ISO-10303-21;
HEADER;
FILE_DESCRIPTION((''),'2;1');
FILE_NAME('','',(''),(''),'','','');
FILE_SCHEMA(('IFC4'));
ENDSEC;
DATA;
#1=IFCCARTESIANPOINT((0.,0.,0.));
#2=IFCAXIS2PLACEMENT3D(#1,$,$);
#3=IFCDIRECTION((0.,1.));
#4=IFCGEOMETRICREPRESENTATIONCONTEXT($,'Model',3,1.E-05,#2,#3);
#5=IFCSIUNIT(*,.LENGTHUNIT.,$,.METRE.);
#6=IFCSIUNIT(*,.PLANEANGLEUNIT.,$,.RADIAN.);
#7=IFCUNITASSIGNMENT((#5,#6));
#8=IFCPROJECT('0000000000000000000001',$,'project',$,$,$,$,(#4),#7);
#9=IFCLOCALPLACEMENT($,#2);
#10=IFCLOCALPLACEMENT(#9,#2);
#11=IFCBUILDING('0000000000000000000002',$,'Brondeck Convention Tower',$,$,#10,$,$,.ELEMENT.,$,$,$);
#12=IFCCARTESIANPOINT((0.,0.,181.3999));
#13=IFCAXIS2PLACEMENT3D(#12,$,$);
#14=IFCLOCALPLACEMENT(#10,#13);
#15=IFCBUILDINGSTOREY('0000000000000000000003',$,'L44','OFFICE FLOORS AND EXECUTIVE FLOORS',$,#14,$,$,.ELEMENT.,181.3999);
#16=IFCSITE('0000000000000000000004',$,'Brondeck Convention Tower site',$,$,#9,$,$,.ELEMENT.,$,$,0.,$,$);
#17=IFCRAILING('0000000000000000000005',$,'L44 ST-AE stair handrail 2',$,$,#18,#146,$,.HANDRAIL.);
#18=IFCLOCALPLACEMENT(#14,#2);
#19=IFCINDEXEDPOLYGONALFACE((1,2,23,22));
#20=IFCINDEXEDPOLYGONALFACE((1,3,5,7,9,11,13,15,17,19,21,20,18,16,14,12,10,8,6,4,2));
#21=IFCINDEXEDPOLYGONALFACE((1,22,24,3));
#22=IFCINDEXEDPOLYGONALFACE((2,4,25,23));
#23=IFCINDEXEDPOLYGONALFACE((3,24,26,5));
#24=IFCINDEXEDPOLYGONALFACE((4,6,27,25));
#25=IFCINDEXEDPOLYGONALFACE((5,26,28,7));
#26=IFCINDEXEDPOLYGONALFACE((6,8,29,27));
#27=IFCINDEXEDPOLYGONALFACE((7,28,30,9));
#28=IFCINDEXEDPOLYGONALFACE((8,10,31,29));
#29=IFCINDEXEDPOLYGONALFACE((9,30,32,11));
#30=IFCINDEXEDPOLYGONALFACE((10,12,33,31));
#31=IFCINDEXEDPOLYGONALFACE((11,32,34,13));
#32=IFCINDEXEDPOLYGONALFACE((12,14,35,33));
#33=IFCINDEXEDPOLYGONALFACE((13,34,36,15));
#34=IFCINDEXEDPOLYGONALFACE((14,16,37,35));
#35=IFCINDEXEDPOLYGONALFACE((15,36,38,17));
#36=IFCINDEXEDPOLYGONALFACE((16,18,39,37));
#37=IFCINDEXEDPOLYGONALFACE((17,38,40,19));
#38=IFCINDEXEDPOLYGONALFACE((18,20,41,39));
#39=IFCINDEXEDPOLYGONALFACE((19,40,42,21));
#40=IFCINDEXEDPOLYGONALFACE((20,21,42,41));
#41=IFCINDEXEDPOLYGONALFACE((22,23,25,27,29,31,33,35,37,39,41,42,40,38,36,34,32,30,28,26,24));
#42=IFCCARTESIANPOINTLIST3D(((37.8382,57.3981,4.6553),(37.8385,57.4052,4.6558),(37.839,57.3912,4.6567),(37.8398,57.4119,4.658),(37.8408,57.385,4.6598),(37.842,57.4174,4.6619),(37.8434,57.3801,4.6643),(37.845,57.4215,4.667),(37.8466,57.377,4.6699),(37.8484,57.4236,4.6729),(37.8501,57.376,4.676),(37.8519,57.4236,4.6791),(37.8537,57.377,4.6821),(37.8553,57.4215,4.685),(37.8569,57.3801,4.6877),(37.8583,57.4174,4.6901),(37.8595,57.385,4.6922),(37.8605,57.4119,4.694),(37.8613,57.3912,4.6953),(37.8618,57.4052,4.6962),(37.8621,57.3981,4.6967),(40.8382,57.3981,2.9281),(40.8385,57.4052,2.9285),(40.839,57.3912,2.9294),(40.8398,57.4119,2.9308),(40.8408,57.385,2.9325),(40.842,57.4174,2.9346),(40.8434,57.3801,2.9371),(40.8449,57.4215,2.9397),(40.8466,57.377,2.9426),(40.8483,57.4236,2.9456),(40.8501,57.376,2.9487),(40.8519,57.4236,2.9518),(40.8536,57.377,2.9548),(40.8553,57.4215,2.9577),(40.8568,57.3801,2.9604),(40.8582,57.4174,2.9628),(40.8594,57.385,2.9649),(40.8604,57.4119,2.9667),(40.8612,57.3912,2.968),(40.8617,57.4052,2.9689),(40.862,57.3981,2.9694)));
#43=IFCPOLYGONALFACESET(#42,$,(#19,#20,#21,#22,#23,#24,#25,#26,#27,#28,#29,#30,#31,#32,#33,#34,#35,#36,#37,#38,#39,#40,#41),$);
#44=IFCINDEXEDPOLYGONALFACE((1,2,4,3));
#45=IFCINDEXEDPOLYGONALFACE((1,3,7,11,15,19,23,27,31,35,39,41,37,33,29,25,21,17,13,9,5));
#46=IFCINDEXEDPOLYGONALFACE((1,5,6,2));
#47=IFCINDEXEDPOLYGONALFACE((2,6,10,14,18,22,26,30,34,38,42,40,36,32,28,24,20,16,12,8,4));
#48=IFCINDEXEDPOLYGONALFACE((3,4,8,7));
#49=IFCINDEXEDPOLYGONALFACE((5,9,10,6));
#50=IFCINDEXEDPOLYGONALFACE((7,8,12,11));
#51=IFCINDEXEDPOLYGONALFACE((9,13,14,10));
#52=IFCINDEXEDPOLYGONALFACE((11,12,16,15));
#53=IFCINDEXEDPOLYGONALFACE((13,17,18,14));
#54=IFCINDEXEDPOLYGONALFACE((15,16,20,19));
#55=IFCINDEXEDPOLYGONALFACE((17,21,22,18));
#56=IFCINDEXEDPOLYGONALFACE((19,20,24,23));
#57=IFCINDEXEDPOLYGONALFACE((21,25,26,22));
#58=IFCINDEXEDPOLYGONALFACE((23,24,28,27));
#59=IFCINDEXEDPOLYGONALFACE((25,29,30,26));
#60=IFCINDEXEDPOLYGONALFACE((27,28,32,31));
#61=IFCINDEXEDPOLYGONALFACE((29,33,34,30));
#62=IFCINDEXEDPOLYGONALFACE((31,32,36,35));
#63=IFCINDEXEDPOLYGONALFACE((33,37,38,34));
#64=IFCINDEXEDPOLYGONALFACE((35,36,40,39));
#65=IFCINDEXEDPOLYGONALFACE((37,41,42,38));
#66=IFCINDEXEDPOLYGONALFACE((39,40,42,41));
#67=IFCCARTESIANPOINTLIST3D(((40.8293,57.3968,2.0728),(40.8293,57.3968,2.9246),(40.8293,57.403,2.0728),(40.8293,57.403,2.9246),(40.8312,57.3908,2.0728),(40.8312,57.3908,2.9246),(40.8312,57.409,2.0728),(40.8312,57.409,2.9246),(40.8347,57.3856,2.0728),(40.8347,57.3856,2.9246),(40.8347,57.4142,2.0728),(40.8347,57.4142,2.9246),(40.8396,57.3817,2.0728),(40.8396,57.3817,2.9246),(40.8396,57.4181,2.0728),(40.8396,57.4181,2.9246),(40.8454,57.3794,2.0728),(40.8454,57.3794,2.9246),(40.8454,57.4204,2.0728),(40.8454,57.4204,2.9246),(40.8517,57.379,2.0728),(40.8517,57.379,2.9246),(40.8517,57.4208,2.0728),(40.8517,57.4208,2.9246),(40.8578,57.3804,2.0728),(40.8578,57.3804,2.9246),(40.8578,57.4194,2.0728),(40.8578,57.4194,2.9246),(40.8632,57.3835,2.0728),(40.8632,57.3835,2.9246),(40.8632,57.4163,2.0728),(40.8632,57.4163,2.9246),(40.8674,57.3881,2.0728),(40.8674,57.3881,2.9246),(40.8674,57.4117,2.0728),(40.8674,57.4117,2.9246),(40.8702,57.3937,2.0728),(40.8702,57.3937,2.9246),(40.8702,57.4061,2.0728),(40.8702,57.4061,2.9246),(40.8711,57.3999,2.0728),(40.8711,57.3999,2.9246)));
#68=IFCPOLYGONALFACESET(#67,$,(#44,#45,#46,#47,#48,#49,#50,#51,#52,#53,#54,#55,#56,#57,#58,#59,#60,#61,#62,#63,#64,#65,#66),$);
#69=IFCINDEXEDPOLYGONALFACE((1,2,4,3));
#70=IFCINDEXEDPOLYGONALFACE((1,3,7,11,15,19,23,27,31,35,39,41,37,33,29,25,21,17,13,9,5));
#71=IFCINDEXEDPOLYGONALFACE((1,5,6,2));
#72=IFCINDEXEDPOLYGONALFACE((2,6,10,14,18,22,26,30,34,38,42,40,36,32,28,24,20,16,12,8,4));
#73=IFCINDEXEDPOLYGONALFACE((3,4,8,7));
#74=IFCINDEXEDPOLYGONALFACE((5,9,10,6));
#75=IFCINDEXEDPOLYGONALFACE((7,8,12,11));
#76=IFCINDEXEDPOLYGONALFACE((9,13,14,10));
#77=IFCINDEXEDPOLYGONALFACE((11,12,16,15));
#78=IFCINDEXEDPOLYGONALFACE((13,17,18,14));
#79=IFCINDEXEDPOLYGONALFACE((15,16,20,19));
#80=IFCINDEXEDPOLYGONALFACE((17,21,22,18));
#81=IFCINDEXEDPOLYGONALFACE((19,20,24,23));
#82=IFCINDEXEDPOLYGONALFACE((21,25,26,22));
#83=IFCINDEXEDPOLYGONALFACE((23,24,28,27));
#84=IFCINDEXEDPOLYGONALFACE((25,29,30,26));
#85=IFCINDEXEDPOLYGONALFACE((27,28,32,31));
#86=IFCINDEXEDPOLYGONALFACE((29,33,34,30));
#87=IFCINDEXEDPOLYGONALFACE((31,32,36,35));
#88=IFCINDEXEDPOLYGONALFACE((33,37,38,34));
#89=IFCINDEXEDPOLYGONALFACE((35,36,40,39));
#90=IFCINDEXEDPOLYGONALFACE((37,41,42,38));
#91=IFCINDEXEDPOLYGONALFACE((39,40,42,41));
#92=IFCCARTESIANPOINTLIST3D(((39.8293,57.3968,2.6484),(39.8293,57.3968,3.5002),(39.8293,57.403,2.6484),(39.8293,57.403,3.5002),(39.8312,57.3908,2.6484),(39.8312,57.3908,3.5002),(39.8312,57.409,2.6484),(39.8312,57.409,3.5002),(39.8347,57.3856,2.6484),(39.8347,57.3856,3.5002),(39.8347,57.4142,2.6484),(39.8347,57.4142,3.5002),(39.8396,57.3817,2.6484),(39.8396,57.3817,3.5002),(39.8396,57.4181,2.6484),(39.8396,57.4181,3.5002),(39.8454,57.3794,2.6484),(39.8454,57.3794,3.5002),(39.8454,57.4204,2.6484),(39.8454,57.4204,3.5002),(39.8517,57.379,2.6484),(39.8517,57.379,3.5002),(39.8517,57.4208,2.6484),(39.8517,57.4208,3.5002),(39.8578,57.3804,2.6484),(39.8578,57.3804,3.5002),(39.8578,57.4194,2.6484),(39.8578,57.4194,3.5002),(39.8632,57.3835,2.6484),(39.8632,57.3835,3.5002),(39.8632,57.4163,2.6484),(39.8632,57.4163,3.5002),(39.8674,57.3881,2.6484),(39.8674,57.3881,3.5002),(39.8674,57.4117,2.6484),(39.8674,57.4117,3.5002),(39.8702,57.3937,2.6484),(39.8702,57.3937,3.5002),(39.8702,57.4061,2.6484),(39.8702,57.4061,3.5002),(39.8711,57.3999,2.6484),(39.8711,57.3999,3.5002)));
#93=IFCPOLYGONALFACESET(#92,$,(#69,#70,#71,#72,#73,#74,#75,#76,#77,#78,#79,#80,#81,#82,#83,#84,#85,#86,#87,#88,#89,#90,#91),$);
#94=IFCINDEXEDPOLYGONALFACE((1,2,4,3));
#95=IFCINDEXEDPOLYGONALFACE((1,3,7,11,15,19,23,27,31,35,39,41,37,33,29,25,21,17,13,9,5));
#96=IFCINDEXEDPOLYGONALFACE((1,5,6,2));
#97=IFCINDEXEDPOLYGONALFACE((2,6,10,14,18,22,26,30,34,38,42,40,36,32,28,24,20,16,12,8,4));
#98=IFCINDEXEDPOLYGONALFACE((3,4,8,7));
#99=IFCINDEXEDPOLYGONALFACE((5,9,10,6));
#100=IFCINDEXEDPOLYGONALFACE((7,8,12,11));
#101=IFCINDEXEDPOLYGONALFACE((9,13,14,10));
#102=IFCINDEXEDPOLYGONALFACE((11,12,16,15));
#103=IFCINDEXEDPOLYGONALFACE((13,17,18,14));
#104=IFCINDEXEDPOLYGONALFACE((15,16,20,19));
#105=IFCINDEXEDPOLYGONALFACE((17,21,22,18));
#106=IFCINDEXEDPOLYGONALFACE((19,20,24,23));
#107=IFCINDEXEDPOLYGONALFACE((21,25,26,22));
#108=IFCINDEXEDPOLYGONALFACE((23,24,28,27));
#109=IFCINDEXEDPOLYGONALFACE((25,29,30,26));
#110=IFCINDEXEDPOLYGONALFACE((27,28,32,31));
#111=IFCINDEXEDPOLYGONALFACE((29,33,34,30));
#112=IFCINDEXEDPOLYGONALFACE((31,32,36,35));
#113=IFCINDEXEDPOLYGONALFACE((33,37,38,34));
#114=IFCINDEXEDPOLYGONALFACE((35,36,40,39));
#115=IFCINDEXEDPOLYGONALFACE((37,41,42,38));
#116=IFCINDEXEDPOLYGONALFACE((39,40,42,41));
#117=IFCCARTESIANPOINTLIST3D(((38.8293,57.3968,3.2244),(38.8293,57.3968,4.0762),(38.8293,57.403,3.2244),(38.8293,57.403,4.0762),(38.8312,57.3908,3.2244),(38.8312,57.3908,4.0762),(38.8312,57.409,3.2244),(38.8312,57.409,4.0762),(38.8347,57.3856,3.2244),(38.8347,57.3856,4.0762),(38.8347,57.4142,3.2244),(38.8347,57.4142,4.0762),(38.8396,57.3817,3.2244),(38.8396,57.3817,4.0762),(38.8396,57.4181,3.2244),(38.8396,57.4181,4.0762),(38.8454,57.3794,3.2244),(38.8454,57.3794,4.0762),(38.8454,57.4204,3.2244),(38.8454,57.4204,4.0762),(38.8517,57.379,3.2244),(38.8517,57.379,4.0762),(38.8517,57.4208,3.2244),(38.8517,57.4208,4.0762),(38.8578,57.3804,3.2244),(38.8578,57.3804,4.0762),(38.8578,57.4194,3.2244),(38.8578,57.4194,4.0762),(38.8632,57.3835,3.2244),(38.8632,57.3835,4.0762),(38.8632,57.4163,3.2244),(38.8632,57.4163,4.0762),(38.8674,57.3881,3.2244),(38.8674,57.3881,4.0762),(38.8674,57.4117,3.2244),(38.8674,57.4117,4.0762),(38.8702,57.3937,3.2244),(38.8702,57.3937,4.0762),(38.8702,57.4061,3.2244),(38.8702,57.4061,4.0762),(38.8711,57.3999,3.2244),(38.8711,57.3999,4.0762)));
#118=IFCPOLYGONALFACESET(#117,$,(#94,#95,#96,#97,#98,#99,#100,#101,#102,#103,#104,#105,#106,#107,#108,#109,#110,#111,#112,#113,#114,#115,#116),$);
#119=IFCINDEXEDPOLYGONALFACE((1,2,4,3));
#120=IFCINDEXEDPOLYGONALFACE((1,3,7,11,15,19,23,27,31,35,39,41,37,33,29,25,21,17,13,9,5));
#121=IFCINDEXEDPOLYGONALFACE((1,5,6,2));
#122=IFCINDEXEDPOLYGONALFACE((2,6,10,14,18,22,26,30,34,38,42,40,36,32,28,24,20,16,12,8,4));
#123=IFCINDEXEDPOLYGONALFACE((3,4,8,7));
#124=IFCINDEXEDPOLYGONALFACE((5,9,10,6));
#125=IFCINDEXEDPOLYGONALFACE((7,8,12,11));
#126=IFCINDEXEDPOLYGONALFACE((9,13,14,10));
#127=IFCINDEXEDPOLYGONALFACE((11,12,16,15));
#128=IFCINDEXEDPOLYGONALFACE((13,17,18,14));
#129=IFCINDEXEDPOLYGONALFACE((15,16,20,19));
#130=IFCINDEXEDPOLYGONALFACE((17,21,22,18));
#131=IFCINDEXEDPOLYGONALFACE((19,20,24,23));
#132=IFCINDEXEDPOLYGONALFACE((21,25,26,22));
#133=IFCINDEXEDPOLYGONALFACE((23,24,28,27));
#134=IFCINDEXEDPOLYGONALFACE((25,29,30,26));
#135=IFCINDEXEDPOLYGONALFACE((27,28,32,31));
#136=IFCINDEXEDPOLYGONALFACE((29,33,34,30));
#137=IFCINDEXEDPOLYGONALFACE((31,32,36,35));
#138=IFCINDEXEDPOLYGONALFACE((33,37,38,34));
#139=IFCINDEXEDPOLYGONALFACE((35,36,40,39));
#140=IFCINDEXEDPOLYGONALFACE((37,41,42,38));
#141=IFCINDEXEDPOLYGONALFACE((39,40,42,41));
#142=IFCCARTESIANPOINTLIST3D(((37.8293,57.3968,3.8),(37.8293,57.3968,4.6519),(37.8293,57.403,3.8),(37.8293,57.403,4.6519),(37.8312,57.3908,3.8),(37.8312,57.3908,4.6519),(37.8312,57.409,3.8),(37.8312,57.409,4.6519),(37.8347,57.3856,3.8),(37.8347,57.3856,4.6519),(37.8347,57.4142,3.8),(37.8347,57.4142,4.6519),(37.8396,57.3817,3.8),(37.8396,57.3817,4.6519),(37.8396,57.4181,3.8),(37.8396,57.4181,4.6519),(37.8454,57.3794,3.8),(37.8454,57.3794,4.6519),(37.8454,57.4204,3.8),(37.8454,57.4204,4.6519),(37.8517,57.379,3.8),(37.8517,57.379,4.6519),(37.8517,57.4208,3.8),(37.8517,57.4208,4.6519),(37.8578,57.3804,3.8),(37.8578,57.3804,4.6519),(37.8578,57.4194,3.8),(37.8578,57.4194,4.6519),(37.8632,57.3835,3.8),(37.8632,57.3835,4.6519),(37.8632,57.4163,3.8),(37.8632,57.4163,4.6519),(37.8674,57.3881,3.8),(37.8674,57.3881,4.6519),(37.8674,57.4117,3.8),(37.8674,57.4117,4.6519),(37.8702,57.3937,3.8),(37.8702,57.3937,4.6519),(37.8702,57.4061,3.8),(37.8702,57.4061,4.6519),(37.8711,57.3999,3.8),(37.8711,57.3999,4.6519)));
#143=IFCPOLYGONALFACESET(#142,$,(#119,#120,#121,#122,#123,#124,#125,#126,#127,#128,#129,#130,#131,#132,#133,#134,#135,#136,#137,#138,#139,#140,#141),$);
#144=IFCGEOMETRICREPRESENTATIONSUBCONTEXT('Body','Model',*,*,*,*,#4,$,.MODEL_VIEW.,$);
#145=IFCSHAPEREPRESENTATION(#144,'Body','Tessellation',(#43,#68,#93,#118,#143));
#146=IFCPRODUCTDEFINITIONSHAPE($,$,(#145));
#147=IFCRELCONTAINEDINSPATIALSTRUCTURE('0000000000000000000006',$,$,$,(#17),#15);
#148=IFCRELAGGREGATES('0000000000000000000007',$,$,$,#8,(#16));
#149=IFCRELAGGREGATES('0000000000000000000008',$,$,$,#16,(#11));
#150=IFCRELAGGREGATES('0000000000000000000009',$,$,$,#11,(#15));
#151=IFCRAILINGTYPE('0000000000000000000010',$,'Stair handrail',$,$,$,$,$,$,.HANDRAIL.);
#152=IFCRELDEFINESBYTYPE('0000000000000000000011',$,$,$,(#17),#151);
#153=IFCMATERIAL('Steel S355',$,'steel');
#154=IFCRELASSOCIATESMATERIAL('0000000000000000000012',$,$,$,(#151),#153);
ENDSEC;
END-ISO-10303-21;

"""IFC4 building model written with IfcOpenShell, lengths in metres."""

from ifc_helpers import new_model, si_unit, direction, frame, origin, origin_2d, place, context, subcontext, project, spatial, circle, extrude, material, type_object, element, save


model = new_model("IFC4")

# Units and contexts
model_context = context("Model", 3, precision=1e-05, world=origin(), true_north=direction((0.0, 1.0)))
body_context = subcontext(model_context, "Body", "Model", "MODEL_VIEW")
ifc_project = project(units=[si_unit("LENGTHUNIT", "METRE"), si_unit("PLANEANGLEUNIT", "RADIAN")], contexts=[model_context])

# Site, building, storey
site_placement = place(None, origin())
site = spatial("IfcSite", under=ifc_project, at=site_placement, Name="Brondeck Convention Tower site", CompositionType="ELEMENT", RefElevation=0.0)
building_placement = place(site_placement, origin())
building = spatial("IfcBuilding", under=site, at=building_placement, Name="Brondeck Convention Tower", CompositionType="ELEMENT")
storey_placement = place(building_placement, frame((0.0, 0.0, 181.3999)))
storey = spatial("IfcBuildingStorey", under=building, at=storey_placement, Name="L44", Description="OFFICE FLOORS AND EXECUTIVE FLOORS", CompositionType="ELEMENT", Elevation=181.3999)

# Shared definitions
ifc_material_1 = material(Name="Steel S355", Category="steel")

# Railing
railing_type = type_object("IfcRailingType", Name="Stair handrail", PredefinedType="HANDRAIL", material=ifc_material_1)
railing_placement = place(storey_placement, frame((40.8501, 57.3999, 2.0728)))
element("IfcRailing", 1, at=railing_placement, inside=storey, type_object=railing_type, Name="L44 ST-AE stair handrail 2", PredefinedType="HANDRAIL", context=body_context, shape_type="SweptSolid", body=[
    extrude(circle(Radius=0.0239, at=origin_2d()), frame((0.0, 0.0, 0.876), z_axis=(-0.86662, 0.0, 0.498969), x_axis=(0.0, -1.0, 0.0)), (0.0, 0.0, 1.0), 3.4617),
    extrude(circle(Radius=0.021, at=origin_2d()), origin(), (0.0, 0.0, 1.0), 0.8518),
    extrude(circle(Radius=0.021, at=origin_2d()), frame((-1.0, 0.0, 0.5757)), (0.0, 0.0, 1.0), 0.8518),
    extrude(circle(Radius=0.021, at=origin_2d()), frame((-2.0, 0.0, 1.1516)), (0.0, 0.0, 1.0), 0.8518),
    extrude(circle(Radius=0.021, at=origin_2d()), frame((-3.0, 0.0, 1.7273)), (0.0, 0.0, 1.0), 0.8518),
])

save(model, "model.ifc")
